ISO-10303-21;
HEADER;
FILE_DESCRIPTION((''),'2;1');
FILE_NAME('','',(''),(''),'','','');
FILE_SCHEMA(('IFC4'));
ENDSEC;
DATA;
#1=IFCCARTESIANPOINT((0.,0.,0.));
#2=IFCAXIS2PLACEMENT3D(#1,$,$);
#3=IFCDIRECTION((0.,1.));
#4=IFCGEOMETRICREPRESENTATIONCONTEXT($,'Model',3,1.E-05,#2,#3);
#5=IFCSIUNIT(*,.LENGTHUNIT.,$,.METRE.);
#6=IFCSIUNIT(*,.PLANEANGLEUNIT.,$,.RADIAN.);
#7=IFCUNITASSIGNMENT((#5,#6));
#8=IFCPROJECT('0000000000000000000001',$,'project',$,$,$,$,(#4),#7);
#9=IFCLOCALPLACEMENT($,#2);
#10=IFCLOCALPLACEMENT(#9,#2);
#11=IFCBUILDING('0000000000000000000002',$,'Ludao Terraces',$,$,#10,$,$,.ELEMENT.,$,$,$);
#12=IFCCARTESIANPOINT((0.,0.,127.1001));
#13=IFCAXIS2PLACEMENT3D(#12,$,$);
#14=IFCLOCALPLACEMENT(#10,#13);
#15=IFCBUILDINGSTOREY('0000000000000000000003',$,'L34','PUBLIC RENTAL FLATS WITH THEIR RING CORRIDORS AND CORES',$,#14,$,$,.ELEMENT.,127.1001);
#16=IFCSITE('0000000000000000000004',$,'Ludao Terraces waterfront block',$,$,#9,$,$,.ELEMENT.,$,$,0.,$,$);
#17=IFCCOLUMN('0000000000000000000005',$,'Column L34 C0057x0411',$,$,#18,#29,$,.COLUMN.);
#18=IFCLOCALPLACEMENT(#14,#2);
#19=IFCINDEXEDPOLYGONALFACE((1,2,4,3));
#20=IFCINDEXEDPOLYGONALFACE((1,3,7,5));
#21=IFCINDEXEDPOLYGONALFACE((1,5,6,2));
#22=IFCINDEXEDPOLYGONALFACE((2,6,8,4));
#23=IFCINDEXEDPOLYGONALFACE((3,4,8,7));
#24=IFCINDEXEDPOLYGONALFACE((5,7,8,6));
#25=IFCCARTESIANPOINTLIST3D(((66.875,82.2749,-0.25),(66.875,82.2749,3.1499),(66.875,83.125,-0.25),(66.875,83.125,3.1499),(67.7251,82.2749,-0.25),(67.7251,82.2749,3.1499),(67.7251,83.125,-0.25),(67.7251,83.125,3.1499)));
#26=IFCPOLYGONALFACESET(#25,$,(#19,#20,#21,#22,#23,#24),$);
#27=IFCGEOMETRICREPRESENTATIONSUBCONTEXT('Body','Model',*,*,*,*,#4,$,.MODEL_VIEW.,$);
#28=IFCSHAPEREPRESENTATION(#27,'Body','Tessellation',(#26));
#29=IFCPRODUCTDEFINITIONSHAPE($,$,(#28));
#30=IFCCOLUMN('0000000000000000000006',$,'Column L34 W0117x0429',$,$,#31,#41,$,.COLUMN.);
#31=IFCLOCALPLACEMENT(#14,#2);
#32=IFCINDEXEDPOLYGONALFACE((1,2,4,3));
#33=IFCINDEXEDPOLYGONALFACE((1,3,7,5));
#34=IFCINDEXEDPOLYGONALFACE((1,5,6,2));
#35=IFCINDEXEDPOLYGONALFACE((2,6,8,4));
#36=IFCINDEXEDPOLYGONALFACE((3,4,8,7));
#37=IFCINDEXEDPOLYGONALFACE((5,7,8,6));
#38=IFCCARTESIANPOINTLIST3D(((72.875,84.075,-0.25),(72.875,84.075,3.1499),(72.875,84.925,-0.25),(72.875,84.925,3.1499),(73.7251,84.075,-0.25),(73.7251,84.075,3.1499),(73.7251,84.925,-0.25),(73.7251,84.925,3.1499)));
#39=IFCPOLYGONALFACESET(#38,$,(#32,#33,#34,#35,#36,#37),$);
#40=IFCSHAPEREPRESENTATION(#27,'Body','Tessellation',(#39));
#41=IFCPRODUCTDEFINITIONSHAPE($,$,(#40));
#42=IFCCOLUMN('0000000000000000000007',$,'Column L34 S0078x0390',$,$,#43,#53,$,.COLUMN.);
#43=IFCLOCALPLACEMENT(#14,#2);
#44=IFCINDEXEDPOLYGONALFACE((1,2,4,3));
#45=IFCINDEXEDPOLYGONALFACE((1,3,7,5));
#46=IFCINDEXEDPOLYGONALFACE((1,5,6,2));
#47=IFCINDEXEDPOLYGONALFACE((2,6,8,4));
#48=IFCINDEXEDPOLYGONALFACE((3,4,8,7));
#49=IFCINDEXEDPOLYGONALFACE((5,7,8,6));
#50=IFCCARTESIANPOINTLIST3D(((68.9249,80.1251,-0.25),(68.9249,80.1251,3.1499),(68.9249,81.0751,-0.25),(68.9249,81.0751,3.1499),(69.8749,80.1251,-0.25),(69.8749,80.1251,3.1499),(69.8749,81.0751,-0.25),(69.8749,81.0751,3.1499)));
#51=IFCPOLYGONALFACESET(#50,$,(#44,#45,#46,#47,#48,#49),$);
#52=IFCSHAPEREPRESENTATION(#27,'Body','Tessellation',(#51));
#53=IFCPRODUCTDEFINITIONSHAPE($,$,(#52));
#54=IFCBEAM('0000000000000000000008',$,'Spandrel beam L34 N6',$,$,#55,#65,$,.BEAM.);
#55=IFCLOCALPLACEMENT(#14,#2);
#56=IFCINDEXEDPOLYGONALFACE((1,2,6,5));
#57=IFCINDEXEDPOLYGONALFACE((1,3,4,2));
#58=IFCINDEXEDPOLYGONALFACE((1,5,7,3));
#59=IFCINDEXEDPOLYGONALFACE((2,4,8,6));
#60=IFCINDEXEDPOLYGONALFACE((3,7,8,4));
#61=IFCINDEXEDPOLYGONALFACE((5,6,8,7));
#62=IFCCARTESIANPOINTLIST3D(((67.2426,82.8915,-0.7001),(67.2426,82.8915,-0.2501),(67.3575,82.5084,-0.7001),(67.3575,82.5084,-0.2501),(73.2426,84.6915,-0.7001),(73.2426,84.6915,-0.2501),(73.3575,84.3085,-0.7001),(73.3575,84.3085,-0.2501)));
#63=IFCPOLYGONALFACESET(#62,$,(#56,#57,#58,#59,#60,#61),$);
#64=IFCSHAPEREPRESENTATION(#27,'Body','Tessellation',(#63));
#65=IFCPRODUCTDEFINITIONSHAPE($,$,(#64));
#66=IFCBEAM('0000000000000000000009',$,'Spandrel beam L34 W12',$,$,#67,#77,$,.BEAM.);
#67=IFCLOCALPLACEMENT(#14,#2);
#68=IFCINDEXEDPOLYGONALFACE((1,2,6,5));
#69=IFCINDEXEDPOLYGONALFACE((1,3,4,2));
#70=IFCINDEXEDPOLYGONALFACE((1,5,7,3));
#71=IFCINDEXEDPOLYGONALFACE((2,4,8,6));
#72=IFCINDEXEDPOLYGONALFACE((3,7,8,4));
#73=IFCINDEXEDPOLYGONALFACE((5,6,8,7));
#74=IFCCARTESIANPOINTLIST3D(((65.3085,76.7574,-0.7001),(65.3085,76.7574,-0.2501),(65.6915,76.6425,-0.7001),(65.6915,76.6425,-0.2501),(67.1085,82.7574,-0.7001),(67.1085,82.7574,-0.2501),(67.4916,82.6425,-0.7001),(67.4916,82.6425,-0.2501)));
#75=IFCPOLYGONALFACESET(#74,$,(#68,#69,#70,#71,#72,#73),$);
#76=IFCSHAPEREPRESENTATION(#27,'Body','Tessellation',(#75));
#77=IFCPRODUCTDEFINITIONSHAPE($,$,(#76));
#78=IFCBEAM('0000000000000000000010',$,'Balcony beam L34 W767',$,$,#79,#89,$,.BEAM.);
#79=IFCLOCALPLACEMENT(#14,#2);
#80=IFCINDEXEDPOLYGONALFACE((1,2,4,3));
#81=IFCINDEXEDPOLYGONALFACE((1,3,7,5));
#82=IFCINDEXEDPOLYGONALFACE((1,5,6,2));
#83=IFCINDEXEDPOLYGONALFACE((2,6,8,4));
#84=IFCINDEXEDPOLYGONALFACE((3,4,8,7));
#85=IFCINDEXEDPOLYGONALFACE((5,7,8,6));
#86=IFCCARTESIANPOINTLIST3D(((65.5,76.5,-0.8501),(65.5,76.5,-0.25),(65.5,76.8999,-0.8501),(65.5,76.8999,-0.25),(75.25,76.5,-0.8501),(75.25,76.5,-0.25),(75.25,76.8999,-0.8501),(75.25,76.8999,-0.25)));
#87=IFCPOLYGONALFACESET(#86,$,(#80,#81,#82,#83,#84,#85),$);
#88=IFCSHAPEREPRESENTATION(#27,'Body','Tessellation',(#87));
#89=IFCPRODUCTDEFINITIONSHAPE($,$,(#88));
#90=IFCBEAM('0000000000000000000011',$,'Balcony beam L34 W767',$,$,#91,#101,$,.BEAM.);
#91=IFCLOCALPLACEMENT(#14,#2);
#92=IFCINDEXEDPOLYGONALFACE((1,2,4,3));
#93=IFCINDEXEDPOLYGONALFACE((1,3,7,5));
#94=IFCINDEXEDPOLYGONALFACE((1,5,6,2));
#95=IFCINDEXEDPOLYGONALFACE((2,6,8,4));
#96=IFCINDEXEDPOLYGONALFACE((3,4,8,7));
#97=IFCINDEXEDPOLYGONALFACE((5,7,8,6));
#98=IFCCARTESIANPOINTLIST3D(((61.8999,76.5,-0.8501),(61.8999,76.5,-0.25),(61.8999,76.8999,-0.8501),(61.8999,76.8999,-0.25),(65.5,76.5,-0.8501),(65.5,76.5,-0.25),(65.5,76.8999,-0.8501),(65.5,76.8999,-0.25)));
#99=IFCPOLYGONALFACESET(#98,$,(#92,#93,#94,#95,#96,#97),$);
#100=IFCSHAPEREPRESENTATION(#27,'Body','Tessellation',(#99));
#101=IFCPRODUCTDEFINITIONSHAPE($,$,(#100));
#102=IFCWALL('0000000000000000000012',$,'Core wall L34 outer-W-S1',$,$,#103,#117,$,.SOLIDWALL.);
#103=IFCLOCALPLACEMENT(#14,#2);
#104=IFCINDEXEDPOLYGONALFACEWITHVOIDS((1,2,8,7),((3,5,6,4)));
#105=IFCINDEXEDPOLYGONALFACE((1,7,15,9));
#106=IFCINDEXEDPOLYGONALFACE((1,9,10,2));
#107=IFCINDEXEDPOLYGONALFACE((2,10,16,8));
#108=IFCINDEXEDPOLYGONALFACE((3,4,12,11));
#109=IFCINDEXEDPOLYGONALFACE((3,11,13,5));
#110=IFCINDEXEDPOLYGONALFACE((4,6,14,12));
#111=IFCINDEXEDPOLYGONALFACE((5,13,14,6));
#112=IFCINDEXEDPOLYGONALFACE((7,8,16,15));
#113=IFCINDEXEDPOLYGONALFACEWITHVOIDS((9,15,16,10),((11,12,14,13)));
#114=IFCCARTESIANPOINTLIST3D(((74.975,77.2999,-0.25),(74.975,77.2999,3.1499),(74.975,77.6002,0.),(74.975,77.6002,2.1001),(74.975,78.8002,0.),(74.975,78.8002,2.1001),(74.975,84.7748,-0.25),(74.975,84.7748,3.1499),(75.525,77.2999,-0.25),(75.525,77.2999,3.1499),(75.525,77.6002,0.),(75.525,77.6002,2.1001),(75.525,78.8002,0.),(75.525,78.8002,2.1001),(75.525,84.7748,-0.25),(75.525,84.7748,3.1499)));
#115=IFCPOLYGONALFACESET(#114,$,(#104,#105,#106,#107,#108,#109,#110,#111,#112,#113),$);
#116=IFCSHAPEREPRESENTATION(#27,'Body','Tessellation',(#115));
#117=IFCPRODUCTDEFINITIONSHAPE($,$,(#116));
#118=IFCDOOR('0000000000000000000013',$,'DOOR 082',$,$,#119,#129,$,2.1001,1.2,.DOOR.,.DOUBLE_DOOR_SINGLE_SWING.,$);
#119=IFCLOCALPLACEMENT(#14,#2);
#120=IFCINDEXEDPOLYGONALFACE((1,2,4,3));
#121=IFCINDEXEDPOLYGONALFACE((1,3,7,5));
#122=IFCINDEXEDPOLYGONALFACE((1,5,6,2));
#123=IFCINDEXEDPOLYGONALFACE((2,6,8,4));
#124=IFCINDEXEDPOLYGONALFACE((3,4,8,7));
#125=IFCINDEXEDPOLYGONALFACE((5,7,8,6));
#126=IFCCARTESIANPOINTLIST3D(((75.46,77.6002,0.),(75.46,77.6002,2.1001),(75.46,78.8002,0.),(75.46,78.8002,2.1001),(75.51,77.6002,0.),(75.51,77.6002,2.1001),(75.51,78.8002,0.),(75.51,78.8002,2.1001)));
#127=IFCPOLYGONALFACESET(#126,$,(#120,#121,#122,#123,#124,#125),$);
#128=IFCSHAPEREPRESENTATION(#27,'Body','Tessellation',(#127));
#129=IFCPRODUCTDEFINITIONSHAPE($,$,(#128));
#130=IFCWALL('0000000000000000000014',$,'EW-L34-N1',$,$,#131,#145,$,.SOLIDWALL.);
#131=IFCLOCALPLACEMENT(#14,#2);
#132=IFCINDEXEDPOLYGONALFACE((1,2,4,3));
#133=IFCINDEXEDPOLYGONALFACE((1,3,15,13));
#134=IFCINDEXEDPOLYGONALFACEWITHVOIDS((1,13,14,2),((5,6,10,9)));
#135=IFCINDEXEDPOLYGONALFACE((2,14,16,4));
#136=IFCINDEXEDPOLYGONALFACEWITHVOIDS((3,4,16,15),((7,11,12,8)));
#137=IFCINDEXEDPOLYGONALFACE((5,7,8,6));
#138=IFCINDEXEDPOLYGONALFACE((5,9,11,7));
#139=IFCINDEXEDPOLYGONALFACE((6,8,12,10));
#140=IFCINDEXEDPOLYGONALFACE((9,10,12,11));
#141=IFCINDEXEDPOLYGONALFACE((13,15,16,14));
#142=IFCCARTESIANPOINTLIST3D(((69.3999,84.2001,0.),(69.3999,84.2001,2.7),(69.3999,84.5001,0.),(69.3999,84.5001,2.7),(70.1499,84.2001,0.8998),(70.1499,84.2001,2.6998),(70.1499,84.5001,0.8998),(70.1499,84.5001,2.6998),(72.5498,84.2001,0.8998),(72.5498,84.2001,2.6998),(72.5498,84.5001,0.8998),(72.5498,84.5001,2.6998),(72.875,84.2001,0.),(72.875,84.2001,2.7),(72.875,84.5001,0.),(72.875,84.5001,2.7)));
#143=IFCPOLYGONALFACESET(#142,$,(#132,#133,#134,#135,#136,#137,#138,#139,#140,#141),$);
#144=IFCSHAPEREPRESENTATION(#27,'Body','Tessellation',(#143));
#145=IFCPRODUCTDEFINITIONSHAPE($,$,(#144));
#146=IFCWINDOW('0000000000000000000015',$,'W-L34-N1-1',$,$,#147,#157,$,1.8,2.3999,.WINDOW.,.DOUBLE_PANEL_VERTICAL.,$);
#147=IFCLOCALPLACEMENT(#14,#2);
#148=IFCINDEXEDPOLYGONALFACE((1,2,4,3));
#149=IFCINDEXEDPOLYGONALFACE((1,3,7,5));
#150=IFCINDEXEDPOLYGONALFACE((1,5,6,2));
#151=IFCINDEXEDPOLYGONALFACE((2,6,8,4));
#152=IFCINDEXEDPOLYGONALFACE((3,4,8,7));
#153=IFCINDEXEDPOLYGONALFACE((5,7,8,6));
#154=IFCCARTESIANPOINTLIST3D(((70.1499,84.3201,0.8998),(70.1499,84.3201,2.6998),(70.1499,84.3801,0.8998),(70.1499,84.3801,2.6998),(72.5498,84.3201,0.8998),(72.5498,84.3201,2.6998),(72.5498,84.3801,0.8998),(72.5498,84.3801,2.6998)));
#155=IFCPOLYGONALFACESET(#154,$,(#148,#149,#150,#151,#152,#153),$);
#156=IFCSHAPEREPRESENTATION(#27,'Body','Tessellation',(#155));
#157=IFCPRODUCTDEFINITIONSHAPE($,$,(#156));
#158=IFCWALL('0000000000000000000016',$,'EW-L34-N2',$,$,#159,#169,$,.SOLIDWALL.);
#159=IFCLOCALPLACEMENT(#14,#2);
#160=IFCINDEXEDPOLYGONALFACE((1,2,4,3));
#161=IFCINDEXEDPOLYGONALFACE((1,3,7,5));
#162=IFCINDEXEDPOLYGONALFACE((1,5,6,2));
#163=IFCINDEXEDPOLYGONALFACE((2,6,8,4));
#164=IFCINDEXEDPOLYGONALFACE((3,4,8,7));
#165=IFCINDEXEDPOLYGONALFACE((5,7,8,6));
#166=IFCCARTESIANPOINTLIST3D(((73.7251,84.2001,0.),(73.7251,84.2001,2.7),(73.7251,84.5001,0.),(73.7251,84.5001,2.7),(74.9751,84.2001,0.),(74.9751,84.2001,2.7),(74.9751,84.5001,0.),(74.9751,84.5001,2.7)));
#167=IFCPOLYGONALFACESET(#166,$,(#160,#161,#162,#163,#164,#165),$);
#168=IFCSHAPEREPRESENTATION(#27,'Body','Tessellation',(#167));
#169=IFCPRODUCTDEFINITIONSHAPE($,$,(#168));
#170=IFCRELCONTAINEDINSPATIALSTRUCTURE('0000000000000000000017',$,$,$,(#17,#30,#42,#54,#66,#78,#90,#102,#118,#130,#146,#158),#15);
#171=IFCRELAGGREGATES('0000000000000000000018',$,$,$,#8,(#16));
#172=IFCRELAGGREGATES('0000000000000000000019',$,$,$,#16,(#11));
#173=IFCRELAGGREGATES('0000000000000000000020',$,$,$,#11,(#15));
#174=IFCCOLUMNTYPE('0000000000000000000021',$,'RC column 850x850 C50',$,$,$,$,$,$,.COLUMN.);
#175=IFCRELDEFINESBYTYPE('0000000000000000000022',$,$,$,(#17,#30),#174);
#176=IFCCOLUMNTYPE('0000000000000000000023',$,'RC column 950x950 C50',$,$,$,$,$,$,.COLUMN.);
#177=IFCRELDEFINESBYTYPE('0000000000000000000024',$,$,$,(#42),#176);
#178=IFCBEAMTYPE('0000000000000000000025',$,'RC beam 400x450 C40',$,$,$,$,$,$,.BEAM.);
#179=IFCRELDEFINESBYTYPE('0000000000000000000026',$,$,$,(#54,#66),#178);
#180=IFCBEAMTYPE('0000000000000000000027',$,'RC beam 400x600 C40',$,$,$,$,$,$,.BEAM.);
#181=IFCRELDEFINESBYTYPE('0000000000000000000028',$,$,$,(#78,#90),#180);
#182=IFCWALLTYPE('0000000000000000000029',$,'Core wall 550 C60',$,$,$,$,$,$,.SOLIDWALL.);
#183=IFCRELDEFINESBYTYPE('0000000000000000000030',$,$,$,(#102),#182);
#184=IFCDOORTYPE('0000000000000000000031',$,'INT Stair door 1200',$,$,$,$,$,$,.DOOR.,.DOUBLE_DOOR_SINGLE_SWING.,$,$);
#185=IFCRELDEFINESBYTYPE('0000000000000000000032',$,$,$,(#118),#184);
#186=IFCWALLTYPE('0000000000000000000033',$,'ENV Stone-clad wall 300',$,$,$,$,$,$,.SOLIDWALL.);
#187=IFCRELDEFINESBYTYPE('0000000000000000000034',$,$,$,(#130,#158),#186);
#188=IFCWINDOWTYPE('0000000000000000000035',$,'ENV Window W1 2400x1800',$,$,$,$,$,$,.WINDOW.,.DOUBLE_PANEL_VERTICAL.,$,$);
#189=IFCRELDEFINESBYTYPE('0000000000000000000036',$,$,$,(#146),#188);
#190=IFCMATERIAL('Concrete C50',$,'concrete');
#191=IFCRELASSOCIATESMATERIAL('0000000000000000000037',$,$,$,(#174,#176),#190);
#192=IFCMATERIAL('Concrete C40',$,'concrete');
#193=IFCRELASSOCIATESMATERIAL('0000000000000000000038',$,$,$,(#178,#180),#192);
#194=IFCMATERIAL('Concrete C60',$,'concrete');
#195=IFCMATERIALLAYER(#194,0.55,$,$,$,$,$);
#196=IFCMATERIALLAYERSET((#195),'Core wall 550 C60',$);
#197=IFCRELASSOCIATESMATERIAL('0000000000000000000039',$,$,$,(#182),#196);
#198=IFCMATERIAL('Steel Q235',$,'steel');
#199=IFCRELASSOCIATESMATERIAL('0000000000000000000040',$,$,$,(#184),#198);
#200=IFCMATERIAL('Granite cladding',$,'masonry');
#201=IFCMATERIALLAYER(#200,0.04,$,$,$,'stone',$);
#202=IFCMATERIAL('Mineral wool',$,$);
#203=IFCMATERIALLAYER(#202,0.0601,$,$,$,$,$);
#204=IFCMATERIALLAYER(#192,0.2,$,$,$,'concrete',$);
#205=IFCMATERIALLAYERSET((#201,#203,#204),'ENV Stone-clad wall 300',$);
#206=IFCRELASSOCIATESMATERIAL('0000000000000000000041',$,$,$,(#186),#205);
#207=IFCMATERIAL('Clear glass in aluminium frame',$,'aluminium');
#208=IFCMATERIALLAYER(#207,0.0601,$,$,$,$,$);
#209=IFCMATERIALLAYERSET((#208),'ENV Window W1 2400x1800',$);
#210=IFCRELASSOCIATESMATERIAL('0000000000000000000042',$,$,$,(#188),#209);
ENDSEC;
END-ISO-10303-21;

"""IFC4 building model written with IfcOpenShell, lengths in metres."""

from ifc_helpers import new_model, si_unit, direction, frame, frame_2d, origin, origin_2d, place, context, subcontext, project, spatial, rectangle, extrude, material, layer, layer_set, material_profile, profile_set, type_object, element, fill, save


model = new_model("IFC4")

# Units and contexts
model_context = context("Model", 3, precision=1e-05, world=origin(), true_north=direction((0.0, 1.0)))
body_context = subcontext(model_context, "Body", "Model", "MODEL_VIEW")
ifc_project = project(units=[si_unit("LENGTHUNIT", "METRE"), si_unit("PLANEANGLEUNIT", "RADIAN")], contexts=[model_context])

# Site, building, storey
site_placement = place(None, origin())
site = spatial("IfcSite", under=ifc_project, at=site_placement, Name="Ludao Terraces waterfront block", CompositionType="ELEMENT", RefElevation=0.0)
building_placement = place(site_placement, origin())
building = spatial("IfcBuilding", under=site, at=building_placement, Name="Ludao Terraces", CompositionType="ELEMENT")
storey_placement = place(building_placement, frame((0.0, 0.0, 127.1001)))
storey = spatial("IfcBuildingStorey", under=building, at=storey_placement, Name="L34", Description="PUBLIC RENTAL FLATS WITH THEIR RING CORRIDORS AND CORES", CompositionType="ELEMENT", Elevation=127.1001)

# Columns
ifc_material_1 = material(Name="Concrete C50", Category="concrete")
ifc_material_profile_1 = material_profile(ifc_material_1, rectangle(XDim=0.8501, YDim=0.8501, at=origin_2d()), Name="850 X 850")
ifc_profile_set_1 = profile_set([ifc_material_profile_1], Name="Concrete C50")
column_type_1 = type_object("IfcColumnType", Name="RC column 850x850 C50", PredefinedType="COLUMN", material=ifc_profile_set_1)
for number, where, z_axis, x_axis, name in (
    (1, (67.3, 82.7, -0.25), (0.0, 0.0, 1.0), (1.0, 0.0, 0.0), "Column L34 C0057x0411"),
    (2, (73.3, 84.5, -0.25), (0.0, 0.0, 1.0), (1.0, 0.0, 0.0), "Column L34 W0117x0429"),
):
    element("IfcColumn", number, at=place(storey_placement, frame(where, z_axis=z_axis, x_axis=x_axis)), inside=storey, type_object=column_type_1, Name=name, PredefinedType="COLUMN", context=body_context, shape_type="SweptSolid", body=[
        extrude(rectangle(XDim=0.8501, YDim=0.8501, at=origin_2d()), origin(), (0.0, 0.0, 1.0), 3.3999),
    ])
ifc_material_profile_2 = material_profile(ifc_material_1, rectangle(XDim=0.95, YDim=0.95, at=origin_2d()), Name="950 X 950")
ifc_profile_set_2 = profile_set([ifc_material_profile_2], Name="Concrete C50")
column_type_2 = type_object("IfcColumnType", Name="RC column 950x950 C50", PredefinedType="COLUMN", material=ifc_profile_set_2)
column_placement = place(storey_placement, frame((69.3999, 80.6001, -0.25), z_axis=(0.0, 0.0, 1.0), x_axis=(1.0, 0.0, 0.0)))
element("IfcColumn", 3, at=column_placement, inside=storey, type_object=column_type_2, Name="Column L34 S0078x0390", PredefinedType="COLUMN", context=body_context, shape_type="SweptSolid", body=[
    extrude(rectangle(XDim=0.95, YDim=0.95, at=origin_2d()), origin(), (0.0, 0.0, 1.0), 3.3999),
])

# Beams
ifc_material_2 = material(Name="Concrete C40", Category="concrete")
ifc_material_profile_3 = material_profile(ifc_material_2, rectangle(XDim=0.3999, YDim=0.45, at=origin_2d()), Name="400 X 450")
ifc_profile_set_3 = profile_set([ifc_material_profile_3], Name="Concrete C40")
beam_type_1 = type_object("IfcBeamType", Name="RC beam 400x450 C40", PredefinedType="BEAM", material=ifc_profile_set_3)
for number, where, z_axis, x_axis, name in (
    (4, (67.3, 82.7, -0.4751), (0.957824, 0.287355, 0.0), (-0.287355, 0.957824, 0.0), "Spandrel beam L34 N6"),
    (5, (65.5, 76.7, -0.4751), (0.287355, 0.957824, 0.0), (-0.957824, 0.287355, 0.0), "Spandrel beam L34 W12"),
):
    element("IfcBeam", number, at=place(storey_placement, frame(where, z_axis=z_axis, x_axis=x_axis)), inside=storey, type_object=beam_type_1, Name=name, PredefinedType="BEAM", context=body_context, shape_type="SweptSolid", body=[
        extrude(rectangle(XDim=0.3999, YDim=0.45, at=origin_2d()), origin(), (0.0, 0.0, 1.0), 6.2642),
    ])
ifc_material_profile_4 = material_profile(ifc_material_2, rectangle(XDim=0.3999, YDim=0.6001, at=origin_2d()), Name="400 X 600")
ifc_profile_set_4 = profile_set([ifc_material_profile_4], Name="Concrete C40")
beam_type_2 = type_object("IfcBeamType", Name="RC beam 400x600 C40", PredefinedType="BEAM", material=ifc_profile_set_4)
beam_1_placement = place(storey_placement, frame((75.25, 76.7, -0.55), z_axis=(-1.0, 0.0, 0.0), x_axis=(0.0, -1.0, 0.0)))
element("IfcBeam", 6, at=beam_1_placement, inside=storey, type_object=beam_type_2, Name="Balcony beam L34 W767", PredefinedType="BEAM", context=body_context, shape_type="SweptSolid", body=[
    extrude(rectangle(XDim=0.3999, YDim=0.6001, at=origin_2d()), origin(), (0.0, 0.0, 1.0), 9.75),
])
beam_2_placement = place(storey_placement, frame((65.5, 76.7, -0.55), z_axis=(-1.0, 0.0, 0.0), x_axis=(0.0, -1.0, 0.0)))
element("IfcBeam", 7, at=beam_2_placement, inside=storey, type_object=beam_type_2, Name="Balcony beam L34 W767", PredefinedType="BEAM", context=body_context, shape_type="SweptSolid", body=[
    extrude(rectangle(XDim=0.3999, YDim=0.6001, at=origin_2d()), origin(), (0.0, 0.0, 1.0), 3.6001),
])

# Wall, opening, door
ifc_material_3 = material(Name="Concrete C60", Category="concrete")
ifc_layer_1 = layer(ifc_material_3, 0.55)
ifc_layer_set_1 = layer_set([ifc_layer_1], Name="Core wall 550 C60")
wall_type_1 = type_object("IfcWallType", Name="Core wall 550 C60", PredefinedType="SOLIDWALL", material=ifc_layer_set_1)
wall_1_placement = place(storey_placement, frame((75.25, 77.3, -0.25), z_axis=(0.0, 0.0, 1.0), x_axis=(0.0, 1.0, 0.0)))
wall_1 = element("IfcWall", 8, at=wall_1_placement, inside=storey, type_object=wall_type_1, Name="Core wall L34 outer-W-S1", PredefinedType="SOLIDWALL", context=body_context, shape_type="SweptSolid", body=[
    extrude(rectangle(XDim=7.4749, YDim=0.55, at=frame_2d((3.7373, 0.0))), origin(), (0.0, 0.0, 1.0), 3.3999),
])
opening_1_placement = place(wall_1_placement, frame((0.3, 0.0, 0.25)))
opening_1 = element("IfcOpeningElement", 9, at=opening_1_placement, cuts=wall_1, PredefinedType="OPENING", context=body_context, shape_type="SweptSolid", body=[
    extrude(rectangle(XDim=1.2, YDim=2.1001, at=frame_2d((0.6001, 1.05))), frame((0.0, 0.2852, 0.0), z_axis=(0.0, -1.0, 0.0), x_axis=(1.0, 0.0, 0.0)), (0.0, 0.0, 1.0), 0.5701),
])
ifc_material_4 = material(Name="Steel Q235", Category="steel")
door_type_1 = type_object("IfcDoorType", Name="INT Stair door 1200", OperationType="DOUBLE_DOOR_SINGLE_SWING", PredefinedType="DOOR", material=ifc_material_4)
door_1_placement = place(opening_1_placement, origin())
door_1 = element("IfcDoor", 10, at=door_1_placement, inside=storey, type_object=door_type_1, Name="DOOR 082", OperationType="DOUBLE_DOOR_SINGLE_SWING", OverallHeight=2.1001, OverallWidth=1.2, PredefinedType="DOOR", context=body_context, shape_type="SweptSolid", body=[
    extrude(rectangle(XDim=1.2, YDim=2.1001, at=frame_2d((0.6001, 1.05))), frame((0.0, -0.21, 0.0), z_axis=(0.0, -1.0, 0.0), x_axis=(1.0, 0.0, 0.0)), (0.0, 0.0, 1.0), 0.05),
])
fill(opening_1, door_1)

# Wall, opening, window
ifc_material_5 = material(Name="Granite cladding", Category="masonry")
ifc_layer_2 = layer(ifc_material_5, 0.04, Category="stone")
ifc_material_6 = material(Name="Mineral wool")
ifc_layer_3 = layer(ifc_material_6, 0.0601)
ifc_layer_4 = layer(ifc_material_2, 0.2, Category="concrete")
ifc_layer_set_2 = layer_set([ifc_layer_2, ifc_layer_3, ifc_layer_4], Name="ENV Stone-clad wall 300")
wall_type_2 = type_object("IfcWallType", Name="ENV Stone-clad wall 300", PredefinedType="SOLIDWALL", material=ifc_layer_set_2)
wall_2_placement = place(storey_placement, frame((69.3999, 84.3501, 0.0), z_axis=(0.0, 0.0, 1.0), x_axis=(1.0, 0.0, 0.0)))
wall_2 = element("IfcWall", 11, at=wall_2_placement, inside=storey, type_object=wall_type_2, Name="EW-L34-N1", PredefinedType="SOLIDWALL", context=body_context, shape_type="SweptSolid", body=[
    extrude(rectangle(XDim=3.4751, YDim=0.3, at=frame_2d((1.7375, 0.0))), origin(), (0.0, 0.0, 1.0), 2.7),
])
opening_2_placement = place(wall_2_placement, frame((0.75, 0.0, 0.8999)))
opening_2 = element("IfcOpeningElement", 12, at=opening_2_placement, cuts=wall_2, PredefinedType="OPENING", context=body_context, shape_type="SweptSolid", body=[
    extrude(rectangle(XDim=2.3999, YDim=1.8, at=frame_2d((1.2, 0.8999))), frame((0.0, 0.1602, 0.0), z_axis=(0.0, -1.0, 0.0), x_axis=(1.0, 0.0, 0.0)), (0.0, 0.0, 1.0), 0.3201),
])
ifc_material_7 = material(Name="Clear glass in aluminium frame", Category="aluminium")
ifc_layer_5 = layer(ifc_material_7, 0.0601)
ifc_layer_set_3 = layer_set([ifc_layer_5], Name="ENV Window W1 2400x1800")
window_type_1 = type_object("IfcWindowType", Name="ENV Window W1 2400x1800", PartitioningType="DOUBLE_PANEL_VERTICAL", PredefinedType="WINDOW", material=ifc_layer_set_3)
window_1_placement = place(opening_2_placement, origin())
window_1 = element("IfcWindow", 13, at=window_1_placement, inside=storey, type_object=window_type_1, Name="W-L34-N1-1", OverallHeight=1.8, OverallWidth=2.3999, PartitioningType="DOUBLE_PANEL_VERTICAL", PredefinedType="WINDOW", context=body_context, shape_type="SweptSolid", body=[
    extrude(rectangle(XDim=2.3999, YDim=1.8, at=frame_2d((1.2, 0.8999))), frame((0.0, 0.03, 0.0), z_axis=(0.0, -1.0, 0.0), x_axis=(1.0, 0.0, 0.0)), (0.0, 0.0, 1.0), 0.0601),
])
fill(opening_2, window_1)

# Wall
wall_3_placement = place(storey_placement, frame((73.7251, 84.3501, 0.0), z_axis=(0.0, 0.0, 1.0), x_axis=(1.0, 0.0, 0.0)))
element("IfcWall", 14, at=wall_3_placement, inside=storey, type_object=wall_type_2, Name="EW-L34-N2", PredefinedType="SOLIDWALL", context=body_context, shape_type="SweptSolid", body=[
    extrude(rectangle(XDim=1.25, YDim=0.3, at=frame_2d((0.625, 0.0))), origin(), (0.0, 0.0, 1.0), 2.7),
])

save(model, "model.ifc")
